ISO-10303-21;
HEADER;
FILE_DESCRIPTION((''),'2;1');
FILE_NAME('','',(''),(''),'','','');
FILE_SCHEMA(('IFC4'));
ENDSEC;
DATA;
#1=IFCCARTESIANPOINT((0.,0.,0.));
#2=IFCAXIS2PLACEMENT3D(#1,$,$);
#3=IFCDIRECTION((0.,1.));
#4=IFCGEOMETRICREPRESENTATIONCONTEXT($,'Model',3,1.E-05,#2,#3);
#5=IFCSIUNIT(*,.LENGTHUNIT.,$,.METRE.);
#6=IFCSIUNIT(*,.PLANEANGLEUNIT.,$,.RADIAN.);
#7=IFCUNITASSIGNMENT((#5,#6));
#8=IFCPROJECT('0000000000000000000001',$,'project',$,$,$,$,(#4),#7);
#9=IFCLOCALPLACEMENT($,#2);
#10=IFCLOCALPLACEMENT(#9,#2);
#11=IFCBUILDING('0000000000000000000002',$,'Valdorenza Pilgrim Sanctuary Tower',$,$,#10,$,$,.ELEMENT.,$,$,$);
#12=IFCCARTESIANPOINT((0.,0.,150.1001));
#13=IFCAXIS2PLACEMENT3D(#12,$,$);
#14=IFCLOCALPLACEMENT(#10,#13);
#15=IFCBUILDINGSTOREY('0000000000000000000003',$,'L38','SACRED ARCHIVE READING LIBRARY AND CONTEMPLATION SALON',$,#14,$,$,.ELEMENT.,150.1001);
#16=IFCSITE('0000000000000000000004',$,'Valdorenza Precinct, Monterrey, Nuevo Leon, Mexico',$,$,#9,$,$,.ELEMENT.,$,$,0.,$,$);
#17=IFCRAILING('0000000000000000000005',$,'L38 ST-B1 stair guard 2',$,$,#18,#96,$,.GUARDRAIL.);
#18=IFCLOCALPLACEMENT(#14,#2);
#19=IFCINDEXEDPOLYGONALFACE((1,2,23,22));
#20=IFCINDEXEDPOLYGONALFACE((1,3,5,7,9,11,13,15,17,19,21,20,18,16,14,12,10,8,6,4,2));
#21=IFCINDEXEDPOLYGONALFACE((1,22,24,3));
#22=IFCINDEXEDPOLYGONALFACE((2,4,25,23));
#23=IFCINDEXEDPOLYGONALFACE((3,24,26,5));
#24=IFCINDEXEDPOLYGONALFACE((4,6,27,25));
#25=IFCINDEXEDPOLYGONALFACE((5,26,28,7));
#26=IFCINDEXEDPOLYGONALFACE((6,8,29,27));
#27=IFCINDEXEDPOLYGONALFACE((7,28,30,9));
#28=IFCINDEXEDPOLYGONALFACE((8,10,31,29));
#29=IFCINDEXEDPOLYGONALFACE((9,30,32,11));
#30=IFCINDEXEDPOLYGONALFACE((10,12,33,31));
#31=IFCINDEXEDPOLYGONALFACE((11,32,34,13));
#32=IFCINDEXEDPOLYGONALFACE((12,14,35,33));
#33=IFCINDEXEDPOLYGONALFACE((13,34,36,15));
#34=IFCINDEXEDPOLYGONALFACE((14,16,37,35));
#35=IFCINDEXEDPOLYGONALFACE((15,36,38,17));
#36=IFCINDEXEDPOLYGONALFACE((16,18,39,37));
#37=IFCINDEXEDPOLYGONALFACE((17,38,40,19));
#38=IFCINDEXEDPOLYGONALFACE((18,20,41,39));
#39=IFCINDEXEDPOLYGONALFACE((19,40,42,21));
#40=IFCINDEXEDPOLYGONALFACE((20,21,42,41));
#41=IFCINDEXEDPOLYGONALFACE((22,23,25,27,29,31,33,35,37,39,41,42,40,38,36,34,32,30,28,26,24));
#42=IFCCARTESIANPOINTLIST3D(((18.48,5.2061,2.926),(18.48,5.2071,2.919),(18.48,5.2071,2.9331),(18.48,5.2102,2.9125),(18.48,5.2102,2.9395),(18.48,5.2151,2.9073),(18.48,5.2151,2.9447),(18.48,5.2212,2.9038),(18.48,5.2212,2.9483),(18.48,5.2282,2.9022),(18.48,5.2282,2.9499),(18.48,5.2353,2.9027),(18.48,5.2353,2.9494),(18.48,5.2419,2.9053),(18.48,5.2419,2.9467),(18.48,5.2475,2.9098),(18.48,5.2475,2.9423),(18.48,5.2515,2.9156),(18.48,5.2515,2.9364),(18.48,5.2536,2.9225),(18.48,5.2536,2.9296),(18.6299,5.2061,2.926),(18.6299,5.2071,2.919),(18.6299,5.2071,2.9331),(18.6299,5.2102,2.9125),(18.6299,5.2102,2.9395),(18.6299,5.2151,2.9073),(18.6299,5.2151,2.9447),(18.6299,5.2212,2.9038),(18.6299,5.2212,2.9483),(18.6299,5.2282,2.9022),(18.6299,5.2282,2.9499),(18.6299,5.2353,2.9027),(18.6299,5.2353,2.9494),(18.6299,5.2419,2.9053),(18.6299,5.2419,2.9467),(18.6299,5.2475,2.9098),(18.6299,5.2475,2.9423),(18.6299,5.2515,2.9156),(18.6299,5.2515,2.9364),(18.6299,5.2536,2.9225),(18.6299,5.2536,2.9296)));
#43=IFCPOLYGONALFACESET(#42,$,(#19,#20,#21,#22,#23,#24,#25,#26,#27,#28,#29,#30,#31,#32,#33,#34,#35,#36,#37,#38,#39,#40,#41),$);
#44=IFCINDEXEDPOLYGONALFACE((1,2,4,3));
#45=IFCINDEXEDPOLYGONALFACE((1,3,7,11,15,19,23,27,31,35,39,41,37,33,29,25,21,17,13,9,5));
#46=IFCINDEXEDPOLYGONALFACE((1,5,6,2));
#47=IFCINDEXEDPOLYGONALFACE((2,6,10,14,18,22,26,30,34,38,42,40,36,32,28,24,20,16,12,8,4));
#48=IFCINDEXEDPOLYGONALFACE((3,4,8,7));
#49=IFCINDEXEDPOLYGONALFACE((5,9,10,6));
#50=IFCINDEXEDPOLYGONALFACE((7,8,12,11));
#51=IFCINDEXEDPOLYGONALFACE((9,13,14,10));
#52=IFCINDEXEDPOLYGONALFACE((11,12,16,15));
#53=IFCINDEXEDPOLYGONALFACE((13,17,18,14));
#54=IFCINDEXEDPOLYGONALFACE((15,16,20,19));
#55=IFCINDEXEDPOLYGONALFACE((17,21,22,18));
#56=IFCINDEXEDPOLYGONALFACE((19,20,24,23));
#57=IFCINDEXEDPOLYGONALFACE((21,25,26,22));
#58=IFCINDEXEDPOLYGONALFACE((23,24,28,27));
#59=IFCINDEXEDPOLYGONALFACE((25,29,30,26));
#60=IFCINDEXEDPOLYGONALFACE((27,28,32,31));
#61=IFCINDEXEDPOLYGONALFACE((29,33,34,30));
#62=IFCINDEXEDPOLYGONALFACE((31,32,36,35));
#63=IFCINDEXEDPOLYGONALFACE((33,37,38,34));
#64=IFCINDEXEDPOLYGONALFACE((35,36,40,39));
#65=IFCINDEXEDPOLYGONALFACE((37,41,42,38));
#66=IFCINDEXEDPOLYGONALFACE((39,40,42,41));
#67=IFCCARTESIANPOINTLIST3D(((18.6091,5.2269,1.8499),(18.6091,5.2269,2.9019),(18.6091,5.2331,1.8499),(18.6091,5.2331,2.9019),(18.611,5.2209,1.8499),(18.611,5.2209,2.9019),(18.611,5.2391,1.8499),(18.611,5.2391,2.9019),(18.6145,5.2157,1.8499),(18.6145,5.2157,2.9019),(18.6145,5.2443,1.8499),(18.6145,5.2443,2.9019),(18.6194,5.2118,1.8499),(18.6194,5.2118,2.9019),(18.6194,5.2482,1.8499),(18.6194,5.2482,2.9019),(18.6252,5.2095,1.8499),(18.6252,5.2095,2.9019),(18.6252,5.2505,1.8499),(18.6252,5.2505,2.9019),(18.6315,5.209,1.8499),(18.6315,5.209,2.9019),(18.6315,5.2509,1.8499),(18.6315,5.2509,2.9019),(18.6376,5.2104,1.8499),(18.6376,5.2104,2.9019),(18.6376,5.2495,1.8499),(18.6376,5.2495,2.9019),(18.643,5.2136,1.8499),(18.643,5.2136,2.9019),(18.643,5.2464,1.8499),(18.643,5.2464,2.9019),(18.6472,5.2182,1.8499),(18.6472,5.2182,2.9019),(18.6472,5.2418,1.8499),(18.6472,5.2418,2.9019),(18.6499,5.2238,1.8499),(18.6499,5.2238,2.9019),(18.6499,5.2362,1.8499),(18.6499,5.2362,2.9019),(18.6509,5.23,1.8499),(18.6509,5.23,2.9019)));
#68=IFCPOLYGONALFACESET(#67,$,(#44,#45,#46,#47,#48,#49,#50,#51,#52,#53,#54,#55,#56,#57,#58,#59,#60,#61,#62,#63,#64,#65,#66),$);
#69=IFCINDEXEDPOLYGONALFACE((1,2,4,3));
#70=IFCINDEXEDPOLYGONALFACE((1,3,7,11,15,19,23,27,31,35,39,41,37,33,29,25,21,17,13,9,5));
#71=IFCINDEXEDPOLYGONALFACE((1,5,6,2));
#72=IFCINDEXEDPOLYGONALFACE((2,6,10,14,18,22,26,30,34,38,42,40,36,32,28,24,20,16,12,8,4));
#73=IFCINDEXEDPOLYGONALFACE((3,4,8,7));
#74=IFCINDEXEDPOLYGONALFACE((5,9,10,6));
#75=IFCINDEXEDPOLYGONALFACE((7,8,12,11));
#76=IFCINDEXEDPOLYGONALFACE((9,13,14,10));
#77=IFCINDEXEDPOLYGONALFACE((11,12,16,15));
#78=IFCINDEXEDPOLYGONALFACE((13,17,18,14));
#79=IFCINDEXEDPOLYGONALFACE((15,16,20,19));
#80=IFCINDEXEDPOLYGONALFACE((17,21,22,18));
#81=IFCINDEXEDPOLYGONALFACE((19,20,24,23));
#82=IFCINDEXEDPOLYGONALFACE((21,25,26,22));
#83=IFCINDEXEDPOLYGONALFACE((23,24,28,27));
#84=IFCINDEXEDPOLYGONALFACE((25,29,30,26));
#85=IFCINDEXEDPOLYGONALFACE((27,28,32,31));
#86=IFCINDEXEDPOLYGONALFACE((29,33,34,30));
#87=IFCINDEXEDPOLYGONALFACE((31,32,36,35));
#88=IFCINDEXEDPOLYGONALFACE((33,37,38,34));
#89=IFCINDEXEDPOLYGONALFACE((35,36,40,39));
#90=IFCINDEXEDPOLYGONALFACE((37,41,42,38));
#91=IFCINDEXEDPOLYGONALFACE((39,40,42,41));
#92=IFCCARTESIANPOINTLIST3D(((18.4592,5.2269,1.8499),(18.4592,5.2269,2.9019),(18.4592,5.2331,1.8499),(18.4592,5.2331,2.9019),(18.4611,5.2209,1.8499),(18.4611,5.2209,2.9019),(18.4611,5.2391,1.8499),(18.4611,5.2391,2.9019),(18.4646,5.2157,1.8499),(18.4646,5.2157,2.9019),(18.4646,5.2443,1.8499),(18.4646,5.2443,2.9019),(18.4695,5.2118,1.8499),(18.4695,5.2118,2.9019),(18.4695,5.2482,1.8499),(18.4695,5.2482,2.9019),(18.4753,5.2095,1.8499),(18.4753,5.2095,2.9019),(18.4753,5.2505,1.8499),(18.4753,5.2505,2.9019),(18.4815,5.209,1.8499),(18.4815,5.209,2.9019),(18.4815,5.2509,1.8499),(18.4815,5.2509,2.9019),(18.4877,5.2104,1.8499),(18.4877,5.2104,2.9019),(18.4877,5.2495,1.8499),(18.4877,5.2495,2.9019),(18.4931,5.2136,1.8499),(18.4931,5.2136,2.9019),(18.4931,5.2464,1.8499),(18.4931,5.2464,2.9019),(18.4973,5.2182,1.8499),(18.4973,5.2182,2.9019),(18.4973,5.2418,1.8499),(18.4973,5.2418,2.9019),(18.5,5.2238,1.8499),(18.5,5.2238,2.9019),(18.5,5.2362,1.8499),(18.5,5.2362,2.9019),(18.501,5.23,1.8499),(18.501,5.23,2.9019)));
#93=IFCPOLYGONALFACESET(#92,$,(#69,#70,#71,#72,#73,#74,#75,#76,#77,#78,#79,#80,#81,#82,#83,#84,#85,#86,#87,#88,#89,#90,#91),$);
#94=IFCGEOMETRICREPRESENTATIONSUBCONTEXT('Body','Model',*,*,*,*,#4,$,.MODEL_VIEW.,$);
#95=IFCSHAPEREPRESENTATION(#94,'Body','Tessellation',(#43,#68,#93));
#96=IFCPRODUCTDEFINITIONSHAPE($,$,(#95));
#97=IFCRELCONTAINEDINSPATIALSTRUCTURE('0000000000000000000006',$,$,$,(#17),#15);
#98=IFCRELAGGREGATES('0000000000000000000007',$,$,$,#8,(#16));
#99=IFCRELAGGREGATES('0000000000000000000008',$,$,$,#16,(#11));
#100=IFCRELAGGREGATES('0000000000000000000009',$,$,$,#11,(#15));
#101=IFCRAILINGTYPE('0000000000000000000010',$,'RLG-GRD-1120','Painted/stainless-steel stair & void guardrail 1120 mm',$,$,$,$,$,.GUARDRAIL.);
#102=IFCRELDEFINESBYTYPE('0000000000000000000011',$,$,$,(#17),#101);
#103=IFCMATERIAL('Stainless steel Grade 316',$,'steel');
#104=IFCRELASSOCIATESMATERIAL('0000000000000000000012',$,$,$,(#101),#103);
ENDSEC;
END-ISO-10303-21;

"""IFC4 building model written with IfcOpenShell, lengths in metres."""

from ifc_helpers import new_model, si_unit, direction, frame, origin, origin_2d, place, context, subcontext, project, spatial, circle, extrude, material, type_object, element, save


model = new_model("IFC4")

# Units and contexts
model_context = context("Model", 3, precision=1e-05, world=origin(), true_north=direction((0.0, 1.0)))
body_context = subcontext(model_context, "Body", "Model", "MODEL_VIEW")
ifc_project = project(units=[si_unit("LENGTHUNIT", "METRE"), si_unit("PLANEANGLEUNIT", "RADIAN")], contexts=[model_context])

# Site, building, storey
site_placement = place(None, origin())
site = spatial("IfcSite", under=ifc_project, at=site_placement, Name="Valdorenza Precinct, Monterrey, Nuevo Leon, Mexico", CompositionType="ELEMENT", RefElevation=0.0)
building_placement = place(site_placement, origin())
building = spatial("IfcBuilding", under=site, at=building_placement, Name="Valdorenza Pilgrim Sanctuary Tower", CompositionType="ELEMENT")
storey_placement = place(building_placement, frame((0.0, 0.0, 150.1001)))
storey = spatial("IfcBuildingStorey", under=building, at=storey_placement, Name="L38", Description="SACRED ARCHIVE READING LIBRARY AND CONTEMPLATION SALON", CompositionType="ELEMENT", Elevation=150.1001)

# Railing
ifc_material_1 = material(Name="Stainless steel Grade 316", Category="steel")
railing_type_1 = type_object("IfcRailingType", Name="RLG-GRD-1120", Description="Painted/stainless-steel stair & void guardrail 1120 mm", PredefinedType="GUARDRAIL", material=ifc_material_1)
railing_1_placement = place(storey_placement, frame((18.6299, 5.23, 1.8499)))
element("IfcRailing", 1, at=railing_1_placement, inside=storey, type_object=railing_type_1, Name="L38 ST-B1 stair guard 2", PredefinedType="GUARDRAIL", context=body_context, shape_type="SweptSolid", body=[
    extrude(circle(Radius=0.0239, at=origin_2d()), frame((0.0, 0.0, 1.0762), z_axis=(-1.0, 0.0, 0.0), x_axis=(0.0, -1.0, 0.0)), (0.0, 0.0, 1.0), 0.1499),
    extrude(circle(Radius=0.021, at=origin_2d()), origin(), (0.0, 0.0, 1.0), 1.052),
    extrude(circle(Radius=0.021, at=origin_2d()), frame((-0.1499, 0.0, 0.0)), (0.0, 0.0, 1.0), 1.052),
])

save(model, "model.ifc")
